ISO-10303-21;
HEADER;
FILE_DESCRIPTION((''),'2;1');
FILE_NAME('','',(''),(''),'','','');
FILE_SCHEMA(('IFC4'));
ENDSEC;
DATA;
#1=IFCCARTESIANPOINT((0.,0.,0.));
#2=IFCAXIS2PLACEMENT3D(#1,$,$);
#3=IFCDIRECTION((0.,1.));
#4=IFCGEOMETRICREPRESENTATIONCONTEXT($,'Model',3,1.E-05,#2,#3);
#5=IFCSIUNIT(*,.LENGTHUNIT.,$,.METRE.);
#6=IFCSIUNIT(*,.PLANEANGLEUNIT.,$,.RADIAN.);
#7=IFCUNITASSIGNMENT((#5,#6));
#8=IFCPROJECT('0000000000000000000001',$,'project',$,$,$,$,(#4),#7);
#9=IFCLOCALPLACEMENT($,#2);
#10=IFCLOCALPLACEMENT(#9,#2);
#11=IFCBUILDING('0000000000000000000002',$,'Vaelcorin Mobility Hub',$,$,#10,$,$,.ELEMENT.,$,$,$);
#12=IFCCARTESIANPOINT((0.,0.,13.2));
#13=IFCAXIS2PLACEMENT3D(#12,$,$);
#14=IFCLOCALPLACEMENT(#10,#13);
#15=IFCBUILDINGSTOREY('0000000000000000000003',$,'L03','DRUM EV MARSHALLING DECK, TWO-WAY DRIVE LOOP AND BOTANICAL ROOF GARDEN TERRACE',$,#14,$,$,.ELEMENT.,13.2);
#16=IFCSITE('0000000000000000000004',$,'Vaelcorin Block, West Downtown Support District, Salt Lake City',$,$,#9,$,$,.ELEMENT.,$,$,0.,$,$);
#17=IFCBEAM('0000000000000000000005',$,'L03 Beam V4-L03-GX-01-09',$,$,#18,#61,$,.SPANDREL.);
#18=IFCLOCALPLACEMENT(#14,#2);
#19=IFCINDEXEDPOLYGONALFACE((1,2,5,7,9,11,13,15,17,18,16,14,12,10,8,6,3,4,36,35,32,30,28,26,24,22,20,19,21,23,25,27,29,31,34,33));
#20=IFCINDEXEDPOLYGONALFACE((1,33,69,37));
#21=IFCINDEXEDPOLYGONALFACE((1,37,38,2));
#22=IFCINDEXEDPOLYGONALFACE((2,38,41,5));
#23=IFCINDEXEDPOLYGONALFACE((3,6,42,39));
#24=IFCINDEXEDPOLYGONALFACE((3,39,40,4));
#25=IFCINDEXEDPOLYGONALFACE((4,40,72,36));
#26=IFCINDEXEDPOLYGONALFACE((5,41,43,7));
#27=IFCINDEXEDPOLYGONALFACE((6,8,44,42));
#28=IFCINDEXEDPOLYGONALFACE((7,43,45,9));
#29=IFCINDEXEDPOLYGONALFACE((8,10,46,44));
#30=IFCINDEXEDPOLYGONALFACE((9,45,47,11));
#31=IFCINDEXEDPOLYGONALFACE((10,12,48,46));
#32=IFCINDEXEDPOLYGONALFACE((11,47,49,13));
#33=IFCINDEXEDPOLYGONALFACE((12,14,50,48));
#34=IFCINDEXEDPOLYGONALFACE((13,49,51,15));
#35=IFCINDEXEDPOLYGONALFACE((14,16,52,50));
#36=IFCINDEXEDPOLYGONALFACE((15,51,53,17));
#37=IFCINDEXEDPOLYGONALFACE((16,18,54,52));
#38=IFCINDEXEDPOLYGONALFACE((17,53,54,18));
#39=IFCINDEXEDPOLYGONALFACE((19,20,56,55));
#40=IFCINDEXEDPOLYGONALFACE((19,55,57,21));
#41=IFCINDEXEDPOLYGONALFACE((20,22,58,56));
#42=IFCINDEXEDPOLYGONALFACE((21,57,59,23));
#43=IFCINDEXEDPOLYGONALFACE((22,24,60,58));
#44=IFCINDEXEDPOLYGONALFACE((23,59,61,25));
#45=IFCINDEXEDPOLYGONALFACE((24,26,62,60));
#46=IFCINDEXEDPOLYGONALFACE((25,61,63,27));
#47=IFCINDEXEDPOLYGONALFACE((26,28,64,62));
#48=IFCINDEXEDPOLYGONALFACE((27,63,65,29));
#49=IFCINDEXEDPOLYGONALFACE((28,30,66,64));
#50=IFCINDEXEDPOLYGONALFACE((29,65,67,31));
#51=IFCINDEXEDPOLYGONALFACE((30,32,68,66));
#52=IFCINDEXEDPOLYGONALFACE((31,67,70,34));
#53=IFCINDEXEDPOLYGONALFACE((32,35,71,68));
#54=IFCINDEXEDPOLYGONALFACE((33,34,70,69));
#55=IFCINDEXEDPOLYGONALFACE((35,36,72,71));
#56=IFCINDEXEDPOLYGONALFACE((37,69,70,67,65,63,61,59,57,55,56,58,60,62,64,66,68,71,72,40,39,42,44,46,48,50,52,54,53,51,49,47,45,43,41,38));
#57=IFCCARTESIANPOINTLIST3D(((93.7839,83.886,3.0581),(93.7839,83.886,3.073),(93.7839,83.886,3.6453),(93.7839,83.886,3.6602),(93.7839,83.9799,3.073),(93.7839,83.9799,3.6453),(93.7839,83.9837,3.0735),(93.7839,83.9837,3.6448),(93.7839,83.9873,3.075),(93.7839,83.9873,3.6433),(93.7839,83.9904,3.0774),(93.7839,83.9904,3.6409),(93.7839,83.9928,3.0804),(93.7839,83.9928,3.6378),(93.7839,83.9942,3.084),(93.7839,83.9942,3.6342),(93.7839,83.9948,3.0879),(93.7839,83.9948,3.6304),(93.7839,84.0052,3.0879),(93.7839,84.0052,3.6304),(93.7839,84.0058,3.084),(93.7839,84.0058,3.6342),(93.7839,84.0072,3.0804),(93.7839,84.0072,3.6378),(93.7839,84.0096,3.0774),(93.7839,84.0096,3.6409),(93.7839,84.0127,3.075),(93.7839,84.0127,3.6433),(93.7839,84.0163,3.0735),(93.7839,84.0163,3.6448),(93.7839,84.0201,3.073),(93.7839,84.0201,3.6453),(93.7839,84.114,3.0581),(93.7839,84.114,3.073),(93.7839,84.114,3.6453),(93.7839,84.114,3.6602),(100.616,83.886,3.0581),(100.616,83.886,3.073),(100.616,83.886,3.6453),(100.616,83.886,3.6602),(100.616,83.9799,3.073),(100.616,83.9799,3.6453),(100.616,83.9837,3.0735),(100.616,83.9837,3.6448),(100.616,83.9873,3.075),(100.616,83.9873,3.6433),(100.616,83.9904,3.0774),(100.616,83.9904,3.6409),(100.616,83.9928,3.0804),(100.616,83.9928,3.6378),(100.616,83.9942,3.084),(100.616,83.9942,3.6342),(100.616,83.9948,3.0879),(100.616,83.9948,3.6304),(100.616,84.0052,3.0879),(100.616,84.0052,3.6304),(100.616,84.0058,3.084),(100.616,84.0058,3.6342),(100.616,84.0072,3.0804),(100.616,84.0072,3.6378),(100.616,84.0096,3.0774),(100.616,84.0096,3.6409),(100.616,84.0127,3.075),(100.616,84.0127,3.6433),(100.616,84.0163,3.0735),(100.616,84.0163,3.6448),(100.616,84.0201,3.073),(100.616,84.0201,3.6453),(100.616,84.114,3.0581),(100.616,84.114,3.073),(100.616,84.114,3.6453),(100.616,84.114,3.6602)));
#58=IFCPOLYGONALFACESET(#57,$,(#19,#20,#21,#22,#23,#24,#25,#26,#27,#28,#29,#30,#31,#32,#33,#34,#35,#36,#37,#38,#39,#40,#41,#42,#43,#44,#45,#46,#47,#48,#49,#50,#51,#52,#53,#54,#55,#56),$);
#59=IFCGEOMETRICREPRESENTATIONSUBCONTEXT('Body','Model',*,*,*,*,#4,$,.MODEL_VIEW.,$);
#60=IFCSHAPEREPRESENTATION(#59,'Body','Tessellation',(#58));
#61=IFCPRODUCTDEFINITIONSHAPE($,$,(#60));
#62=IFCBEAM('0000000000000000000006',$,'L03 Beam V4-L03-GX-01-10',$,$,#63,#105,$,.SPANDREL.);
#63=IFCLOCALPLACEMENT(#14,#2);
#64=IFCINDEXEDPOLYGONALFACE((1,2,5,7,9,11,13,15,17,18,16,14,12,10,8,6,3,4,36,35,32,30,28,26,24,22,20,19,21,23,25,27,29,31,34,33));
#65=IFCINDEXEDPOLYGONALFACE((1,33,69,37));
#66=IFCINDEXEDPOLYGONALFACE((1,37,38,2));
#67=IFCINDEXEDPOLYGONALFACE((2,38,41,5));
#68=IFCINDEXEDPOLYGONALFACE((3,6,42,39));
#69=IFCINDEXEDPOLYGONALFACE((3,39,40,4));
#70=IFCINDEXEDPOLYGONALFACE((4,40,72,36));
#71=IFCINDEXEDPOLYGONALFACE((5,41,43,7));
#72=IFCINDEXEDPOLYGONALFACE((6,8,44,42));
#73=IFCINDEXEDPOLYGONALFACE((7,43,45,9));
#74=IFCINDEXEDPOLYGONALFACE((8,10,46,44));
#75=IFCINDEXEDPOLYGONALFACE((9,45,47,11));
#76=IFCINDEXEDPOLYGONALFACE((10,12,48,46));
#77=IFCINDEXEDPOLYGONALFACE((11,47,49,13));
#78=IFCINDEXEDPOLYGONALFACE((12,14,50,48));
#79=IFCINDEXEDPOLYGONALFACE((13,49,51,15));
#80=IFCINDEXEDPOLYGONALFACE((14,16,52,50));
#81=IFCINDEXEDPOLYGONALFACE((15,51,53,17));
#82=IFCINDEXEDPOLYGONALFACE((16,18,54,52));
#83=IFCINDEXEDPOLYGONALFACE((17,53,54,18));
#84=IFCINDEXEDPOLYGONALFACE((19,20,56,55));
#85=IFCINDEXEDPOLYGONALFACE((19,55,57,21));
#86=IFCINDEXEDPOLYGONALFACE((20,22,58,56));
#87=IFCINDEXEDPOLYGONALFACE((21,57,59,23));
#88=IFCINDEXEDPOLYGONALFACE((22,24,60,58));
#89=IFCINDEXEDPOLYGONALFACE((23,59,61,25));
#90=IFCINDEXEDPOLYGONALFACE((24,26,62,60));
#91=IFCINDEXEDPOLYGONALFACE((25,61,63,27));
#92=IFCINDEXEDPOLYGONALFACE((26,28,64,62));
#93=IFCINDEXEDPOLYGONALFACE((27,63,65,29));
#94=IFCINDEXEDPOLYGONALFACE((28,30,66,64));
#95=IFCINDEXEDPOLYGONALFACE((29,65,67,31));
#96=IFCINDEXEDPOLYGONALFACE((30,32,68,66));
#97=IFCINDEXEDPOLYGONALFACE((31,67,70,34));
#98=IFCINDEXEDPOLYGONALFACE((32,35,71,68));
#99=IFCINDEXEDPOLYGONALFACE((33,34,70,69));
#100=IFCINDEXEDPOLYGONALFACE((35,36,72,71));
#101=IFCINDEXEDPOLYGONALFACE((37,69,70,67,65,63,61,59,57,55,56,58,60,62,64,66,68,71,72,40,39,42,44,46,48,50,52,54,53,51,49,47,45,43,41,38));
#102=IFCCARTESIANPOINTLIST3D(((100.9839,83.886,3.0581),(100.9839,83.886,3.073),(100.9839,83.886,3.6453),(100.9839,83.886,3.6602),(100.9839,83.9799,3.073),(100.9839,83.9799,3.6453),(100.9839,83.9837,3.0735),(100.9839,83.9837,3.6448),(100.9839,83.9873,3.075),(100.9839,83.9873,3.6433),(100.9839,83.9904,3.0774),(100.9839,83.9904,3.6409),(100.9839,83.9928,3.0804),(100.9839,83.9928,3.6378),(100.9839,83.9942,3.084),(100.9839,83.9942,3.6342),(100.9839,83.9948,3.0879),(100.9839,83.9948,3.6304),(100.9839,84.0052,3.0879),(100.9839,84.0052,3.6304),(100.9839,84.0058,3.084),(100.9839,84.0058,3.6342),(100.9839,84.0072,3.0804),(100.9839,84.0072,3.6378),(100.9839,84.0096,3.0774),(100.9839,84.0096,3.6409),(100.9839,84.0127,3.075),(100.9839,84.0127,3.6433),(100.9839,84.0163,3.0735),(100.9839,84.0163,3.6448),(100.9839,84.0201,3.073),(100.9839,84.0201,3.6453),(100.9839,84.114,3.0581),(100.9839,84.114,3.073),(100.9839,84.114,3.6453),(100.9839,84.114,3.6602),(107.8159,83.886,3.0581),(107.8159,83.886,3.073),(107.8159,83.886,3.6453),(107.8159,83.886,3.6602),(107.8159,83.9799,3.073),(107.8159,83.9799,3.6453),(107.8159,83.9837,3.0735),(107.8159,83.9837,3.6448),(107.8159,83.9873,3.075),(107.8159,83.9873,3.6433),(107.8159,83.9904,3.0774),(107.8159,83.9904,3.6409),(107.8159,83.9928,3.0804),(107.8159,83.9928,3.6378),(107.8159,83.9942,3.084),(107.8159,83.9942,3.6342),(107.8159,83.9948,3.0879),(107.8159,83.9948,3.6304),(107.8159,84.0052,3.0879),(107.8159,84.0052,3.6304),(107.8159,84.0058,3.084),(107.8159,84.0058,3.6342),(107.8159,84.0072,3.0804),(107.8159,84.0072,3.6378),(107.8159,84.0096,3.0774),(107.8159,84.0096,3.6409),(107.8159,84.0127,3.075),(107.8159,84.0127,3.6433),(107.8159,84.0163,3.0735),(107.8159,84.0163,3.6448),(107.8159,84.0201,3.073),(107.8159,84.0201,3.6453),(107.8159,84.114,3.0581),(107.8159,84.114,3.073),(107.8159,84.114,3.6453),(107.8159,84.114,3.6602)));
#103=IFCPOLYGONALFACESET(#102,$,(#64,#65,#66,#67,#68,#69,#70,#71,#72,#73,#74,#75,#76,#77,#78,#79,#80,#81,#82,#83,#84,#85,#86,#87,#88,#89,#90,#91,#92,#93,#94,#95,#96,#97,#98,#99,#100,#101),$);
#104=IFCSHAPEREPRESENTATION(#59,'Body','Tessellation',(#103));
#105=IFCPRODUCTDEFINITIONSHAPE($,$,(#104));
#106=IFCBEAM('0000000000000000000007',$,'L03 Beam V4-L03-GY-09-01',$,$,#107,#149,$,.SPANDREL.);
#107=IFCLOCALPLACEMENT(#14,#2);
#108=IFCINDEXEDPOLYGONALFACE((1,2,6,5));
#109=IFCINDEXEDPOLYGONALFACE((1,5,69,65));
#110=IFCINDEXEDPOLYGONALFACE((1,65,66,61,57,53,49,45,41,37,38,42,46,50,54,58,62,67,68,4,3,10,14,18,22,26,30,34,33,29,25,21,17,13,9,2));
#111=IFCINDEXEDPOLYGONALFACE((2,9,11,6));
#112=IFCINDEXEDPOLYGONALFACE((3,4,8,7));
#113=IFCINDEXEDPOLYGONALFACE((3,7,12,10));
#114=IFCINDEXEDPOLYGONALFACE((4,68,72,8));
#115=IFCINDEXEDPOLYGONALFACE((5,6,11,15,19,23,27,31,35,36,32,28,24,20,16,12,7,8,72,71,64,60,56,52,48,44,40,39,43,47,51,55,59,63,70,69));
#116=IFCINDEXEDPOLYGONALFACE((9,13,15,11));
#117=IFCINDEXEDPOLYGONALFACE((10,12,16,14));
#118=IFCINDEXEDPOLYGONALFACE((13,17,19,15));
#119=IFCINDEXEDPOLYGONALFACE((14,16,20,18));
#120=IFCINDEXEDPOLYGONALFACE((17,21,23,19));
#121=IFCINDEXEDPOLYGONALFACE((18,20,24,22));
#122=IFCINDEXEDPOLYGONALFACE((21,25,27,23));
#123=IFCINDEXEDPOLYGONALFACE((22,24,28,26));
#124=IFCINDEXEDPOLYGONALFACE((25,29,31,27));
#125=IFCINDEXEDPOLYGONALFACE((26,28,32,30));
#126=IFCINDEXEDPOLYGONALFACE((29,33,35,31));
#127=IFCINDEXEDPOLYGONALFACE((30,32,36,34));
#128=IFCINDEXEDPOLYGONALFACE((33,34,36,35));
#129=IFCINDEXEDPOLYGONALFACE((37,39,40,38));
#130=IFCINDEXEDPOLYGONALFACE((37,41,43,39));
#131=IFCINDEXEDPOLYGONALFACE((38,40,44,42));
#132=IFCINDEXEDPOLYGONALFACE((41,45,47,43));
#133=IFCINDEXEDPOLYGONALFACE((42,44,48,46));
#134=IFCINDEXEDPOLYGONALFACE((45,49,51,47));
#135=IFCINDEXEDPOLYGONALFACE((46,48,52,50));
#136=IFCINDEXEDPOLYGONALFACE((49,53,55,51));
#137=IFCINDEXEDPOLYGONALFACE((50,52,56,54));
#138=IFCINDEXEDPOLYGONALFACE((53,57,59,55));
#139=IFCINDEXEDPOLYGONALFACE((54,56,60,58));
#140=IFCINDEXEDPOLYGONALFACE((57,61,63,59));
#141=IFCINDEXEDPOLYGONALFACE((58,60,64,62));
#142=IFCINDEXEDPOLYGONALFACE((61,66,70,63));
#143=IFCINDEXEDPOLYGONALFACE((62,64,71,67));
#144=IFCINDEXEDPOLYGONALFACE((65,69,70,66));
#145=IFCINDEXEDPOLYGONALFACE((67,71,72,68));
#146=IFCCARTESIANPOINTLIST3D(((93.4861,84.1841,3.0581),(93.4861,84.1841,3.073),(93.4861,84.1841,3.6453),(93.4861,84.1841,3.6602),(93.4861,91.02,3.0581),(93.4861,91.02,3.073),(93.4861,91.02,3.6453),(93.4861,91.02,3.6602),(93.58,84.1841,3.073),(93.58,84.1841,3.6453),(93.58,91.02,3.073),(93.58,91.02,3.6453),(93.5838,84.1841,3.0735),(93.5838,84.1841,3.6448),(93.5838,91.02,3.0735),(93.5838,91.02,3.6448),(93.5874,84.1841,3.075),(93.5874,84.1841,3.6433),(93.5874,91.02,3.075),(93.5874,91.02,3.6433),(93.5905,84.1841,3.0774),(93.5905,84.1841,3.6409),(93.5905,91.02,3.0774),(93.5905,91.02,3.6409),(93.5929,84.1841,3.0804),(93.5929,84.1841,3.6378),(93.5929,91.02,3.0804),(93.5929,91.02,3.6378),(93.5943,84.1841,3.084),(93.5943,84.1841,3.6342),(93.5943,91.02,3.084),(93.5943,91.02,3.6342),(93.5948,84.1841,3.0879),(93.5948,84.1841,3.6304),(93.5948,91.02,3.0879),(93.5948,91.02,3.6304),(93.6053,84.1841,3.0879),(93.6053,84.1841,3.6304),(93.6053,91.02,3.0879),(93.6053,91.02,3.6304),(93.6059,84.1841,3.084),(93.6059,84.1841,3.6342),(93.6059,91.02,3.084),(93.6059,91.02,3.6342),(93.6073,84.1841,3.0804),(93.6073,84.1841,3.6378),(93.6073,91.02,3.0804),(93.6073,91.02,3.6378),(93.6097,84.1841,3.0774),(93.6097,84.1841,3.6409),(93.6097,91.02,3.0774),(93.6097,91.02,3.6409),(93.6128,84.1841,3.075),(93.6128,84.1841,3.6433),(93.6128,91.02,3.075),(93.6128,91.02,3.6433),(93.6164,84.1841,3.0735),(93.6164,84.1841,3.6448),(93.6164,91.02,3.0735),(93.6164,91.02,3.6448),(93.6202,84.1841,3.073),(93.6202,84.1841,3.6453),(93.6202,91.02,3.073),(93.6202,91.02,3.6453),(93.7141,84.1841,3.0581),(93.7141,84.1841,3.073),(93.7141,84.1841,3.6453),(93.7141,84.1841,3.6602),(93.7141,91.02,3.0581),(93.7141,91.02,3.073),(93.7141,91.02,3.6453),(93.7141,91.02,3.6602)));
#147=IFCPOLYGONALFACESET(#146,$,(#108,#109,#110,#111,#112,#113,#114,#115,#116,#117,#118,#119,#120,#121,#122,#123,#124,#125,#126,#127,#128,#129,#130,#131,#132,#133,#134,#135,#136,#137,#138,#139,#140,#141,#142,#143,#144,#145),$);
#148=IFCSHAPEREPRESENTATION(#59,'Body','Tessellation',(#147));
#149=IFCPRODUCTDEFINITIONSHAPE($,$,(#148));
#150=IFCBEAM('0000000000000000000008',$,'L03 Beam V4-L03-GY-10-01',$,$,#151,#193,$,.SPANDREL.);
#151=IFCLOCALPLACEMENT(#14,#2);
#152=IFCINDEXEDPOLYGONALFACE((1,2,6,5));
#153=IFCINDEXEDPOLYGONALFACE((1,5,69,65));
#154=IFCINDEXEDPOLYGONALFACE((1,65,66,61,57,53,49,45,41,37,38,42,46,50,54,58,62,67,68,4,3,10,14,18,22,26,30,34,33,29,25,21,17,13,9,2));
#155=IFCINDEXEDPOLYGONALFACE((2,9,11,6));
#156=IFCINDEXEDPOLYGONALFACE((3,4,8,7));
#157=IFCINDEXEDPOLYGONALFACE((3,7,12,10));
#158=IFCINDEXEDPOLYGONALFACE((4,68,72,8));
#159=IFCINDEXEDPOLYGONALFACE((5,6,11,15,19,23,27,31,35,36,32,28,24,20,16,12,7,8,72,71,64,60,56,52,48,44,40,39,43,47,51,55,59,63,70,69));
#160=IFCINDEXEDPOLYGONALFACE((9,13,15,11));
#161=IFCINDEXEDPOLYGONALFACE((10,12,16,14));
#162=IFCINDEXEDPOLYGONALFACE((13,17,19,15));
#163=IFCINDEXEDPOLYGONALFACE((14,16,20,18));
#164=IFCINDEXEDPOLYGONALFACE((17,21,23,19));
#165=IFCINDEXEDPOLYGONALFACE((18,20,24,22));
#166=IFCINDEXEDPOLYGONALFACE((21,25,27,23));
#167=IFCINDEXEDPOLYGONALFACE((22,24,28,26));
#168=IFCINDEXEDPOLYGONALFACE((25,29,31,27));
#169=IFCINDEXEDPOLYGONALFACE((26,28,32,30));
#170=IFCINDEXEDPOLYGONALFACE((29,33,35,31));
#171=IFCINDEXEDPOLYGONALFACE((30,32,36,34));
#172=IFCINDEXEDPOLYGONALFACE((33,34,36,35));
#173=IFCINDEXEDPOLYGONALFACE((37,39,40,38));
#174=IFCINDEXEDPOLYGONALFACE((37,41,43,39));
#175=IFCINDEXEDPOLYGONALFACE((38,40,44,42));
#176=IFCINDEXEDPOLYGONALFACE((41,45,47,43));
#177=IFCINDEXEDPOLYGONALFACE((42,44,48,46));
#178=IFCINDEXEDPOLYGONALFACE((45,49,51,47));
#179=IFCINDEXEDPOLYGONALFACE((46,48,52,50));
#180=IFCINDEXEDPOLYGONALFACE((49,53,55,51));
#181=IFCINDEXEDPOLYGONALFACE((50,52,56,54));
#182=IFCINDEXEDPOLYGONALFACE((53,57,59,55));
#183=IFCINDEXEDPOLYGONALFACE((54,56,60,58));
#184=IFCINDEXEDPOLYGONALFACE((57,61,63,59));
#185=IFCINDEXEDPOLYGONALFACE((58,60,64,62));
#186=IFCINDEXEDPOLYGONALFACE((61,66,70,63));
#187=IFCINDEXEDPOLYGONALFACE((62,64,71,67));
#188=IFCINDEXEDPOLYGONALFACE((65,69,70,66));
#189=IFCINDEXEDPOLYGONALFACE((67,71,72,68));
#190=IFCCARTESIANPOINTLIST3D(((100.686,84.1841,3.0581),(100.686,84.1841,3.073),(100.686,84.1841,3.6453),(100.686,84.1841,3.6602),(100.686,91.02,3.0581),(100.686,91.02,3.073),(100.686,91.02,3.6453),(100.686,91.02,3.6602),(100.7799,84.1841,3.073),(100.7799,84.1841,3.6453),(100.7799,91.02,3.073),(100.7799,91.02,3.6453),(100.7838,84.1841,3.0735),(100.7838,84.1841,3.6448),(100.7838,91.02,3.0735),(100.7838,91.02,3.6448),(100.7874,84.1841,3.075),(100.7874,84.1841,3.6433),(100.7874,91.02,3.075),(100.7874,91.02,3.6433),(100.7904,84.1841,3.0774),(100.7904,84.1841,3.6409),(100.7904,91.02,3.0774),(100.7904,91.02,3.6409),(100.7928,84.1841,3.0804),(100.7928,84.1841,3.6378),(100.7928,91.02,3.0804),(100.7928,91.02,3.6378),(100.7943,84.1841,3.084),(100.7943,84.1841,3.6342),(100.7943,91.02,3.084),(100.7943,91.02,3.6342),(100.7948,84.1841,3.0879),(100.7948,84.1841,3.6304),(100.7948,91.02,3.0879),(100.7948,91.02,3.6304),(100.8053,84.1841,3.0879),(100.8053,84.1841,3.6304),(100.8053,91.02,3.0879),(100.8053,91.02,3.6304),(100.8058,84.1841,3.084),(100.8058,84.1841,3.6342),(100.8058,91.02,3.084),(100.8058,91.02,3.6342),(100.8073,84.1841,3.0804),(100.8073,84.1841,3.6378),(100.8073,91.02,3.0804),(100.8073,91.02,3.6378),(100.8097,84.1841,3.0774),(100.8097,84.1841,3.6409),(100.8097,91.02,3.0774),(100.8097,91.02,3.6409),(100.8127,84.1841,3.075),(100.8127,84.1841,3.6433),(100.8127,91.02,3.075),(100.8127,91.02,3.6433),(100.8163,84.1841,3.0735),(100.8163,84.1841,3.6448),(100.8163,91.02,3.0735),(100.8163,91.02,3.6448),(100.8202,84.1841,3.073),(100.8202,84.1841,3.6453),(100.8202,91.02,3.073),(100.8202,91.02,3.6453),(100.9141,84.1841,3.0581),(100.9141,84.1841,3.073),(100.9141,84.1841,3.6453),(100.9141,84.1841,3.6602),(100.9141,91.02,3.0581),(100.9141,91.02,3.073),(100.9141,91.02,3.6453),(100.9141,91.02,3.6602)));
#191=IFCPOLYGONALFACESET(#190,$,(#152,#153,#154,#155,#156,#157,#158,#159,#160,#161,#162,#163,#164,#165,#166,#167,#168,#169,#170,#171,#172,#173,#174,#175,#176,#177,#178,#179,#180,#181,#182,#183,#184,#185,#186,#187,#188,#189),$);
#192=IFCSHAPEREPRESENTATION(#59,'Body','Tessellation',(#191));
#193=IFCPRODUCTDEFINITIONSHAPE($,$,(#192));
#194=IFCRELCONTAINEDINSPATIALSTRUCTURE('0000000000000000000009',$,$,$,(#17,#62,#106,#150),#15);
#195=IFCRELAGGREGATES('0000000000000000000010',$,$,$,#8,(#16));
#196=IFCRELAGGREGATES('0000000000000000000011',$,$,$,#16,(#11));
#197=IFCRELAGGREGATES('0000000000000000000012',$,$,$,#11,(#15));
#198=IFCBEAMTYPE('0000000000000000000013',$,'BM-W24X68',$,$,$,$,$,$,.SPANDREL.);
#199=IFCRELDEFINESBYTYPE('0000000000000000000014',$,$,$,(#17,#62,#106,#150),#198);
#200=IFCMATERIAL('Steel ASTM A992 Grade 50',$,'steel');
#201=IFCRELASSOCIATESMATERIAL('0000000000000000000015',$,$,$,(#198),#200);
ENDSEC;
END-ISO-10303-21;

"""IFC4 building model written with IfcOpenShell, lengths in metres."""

from ifc_helpers import new_model, si_unit, direction, frame, origin, origin_2d, place, context, subcontext, project, spatial, i_section, extrude, material, material_profile, profile_set, type_object, element, save


model = new_model("IFC4")

# Units and contexts
model_context = context("Model", 3, precision=1e-05, world=origin(), true_north=direction((0.0, 1.0)))
body_context = subcontext(model_context, "Body", "Model", "MODEL_VIEW")
ifc_project = project(units=[si_unit("LENGTHUNIT", "METRE"), si_unit("PLANEANGLEUNIT", "RADIAN")], contexts=[model_context])

# Site, building, storey
site_placement = place(None, origin())
site = spatial("IfcSite", under=ifc_project, at=site_placement, Name="Vaelcorin Block, West Downtown Support District, Salt Lake City", CompositionType="ELEMENT", RefElevation=0.0)
building_placement = place(site_placement, origin())
building = spatial("IfcBuilding", under=site, at=building_placement, Name="Vaelcorin Mobility Hub", CompositionType="ELEMENT")
storey_placement = place(building_placement, frame((0.0, 0.0, 13.2)))
storey = spatial("IfcBuildingStorey", under=building, at=storey_placement, Name="L03", Description="DRUM EV MARSHALLING DECK, TWO-WAY DRIVE LOOP AND BOTANICAL ROOF GARDEN TERRACE", CompositionType="ELEMENT", Elevation=13.2)

# Shared definitions
ifc_material_1 = material(Name="Steel ASTM A992 Grade 50", Category="steel")

# Beams
ifc_material_profile_1 = material_profile(ifc_material_1, i_section(OverallWidth=0.228, OverallDepth=0.6021, WebThickness=0.0105, FlangeThickness=0.0149, FilletRadius=0.0149, at=origin_2d()), Name="W24X68")
ifc_profile_set_1 = profile_set([ifc_material_profile_1], Name="Steel ASTM A992 Grade 50")
beam_type_1 = type_object("IfcBeamType", Name="BM-W24X68", PredefinedType="SPANDREL", material=ifc_profile_set_1)
for number, where, z_axis, x_axis, name in (
    (1, (93.7839, 84.0, 3.3591), (1.0, 0.0, 0.0), (0.0, 1.0, 0.0), "L03 Beam V4-L03-GX-01-09"),
    (2, (100.9839, 84.0, 3.3591), (1.0, 0.0, 0.0), (0.0, 1.0, 0.0), "L03 Beam V4-L03-GX-01-10"),
):
    element("IfcBeam", number, at=place(storey_placement, frame(where, z_axis=z_axis, x_axis=x_axis)), inside=storey, type_object=beam_type_1, Name=name, PredefinedType="SPANDREL", context=body_context, shape_type="SweptSolid", body=[
        extrude(i_section(OverallWidth=0.228, OverallDepth=0.6021, WebThickness=0.0105, FlangeThickness=0.0149, FilletRadius=0.0149, at=origin_2d()), origin(), (0.0, 0.0, 1.0), 6.832),
    ])
for number, where, z_axis, x_axis, name in (
    (3, (93.6001, 84.1841, 3.3591), (0.0, 1.0, 0.0), (-1.0, 0.0, 0.0), "L03 Beam V4-L03-GY-09-01"),
    (4, (100.8, 84.1841, 3.3591), (0.0, 1.0, 0.0), (-1.0, 0.0, 0.0), "L03 Beam V4-L03-GY-10-01"),
):
    element("IfcBeam", number, at=place(storey_placement, frame(where, z_axis=z_axis, x_axis=x_axis)), inside=storey, type_object=beam_type_1, Name=name, PredefinedType="SPANDREL", context=body_context, shape_type="SweptSolid", body=[
        extrude(i_section(OverallWidth=0.228, OverallDepth=0.6021, WebThickness=0.0105, FlangeThickness=0.0149, FilletRadius=0.0149, at=origin_2d()), origin(), (0.0, 0.0, 1.0), 6.8359),
    ])

save(model, "model.ifc")
